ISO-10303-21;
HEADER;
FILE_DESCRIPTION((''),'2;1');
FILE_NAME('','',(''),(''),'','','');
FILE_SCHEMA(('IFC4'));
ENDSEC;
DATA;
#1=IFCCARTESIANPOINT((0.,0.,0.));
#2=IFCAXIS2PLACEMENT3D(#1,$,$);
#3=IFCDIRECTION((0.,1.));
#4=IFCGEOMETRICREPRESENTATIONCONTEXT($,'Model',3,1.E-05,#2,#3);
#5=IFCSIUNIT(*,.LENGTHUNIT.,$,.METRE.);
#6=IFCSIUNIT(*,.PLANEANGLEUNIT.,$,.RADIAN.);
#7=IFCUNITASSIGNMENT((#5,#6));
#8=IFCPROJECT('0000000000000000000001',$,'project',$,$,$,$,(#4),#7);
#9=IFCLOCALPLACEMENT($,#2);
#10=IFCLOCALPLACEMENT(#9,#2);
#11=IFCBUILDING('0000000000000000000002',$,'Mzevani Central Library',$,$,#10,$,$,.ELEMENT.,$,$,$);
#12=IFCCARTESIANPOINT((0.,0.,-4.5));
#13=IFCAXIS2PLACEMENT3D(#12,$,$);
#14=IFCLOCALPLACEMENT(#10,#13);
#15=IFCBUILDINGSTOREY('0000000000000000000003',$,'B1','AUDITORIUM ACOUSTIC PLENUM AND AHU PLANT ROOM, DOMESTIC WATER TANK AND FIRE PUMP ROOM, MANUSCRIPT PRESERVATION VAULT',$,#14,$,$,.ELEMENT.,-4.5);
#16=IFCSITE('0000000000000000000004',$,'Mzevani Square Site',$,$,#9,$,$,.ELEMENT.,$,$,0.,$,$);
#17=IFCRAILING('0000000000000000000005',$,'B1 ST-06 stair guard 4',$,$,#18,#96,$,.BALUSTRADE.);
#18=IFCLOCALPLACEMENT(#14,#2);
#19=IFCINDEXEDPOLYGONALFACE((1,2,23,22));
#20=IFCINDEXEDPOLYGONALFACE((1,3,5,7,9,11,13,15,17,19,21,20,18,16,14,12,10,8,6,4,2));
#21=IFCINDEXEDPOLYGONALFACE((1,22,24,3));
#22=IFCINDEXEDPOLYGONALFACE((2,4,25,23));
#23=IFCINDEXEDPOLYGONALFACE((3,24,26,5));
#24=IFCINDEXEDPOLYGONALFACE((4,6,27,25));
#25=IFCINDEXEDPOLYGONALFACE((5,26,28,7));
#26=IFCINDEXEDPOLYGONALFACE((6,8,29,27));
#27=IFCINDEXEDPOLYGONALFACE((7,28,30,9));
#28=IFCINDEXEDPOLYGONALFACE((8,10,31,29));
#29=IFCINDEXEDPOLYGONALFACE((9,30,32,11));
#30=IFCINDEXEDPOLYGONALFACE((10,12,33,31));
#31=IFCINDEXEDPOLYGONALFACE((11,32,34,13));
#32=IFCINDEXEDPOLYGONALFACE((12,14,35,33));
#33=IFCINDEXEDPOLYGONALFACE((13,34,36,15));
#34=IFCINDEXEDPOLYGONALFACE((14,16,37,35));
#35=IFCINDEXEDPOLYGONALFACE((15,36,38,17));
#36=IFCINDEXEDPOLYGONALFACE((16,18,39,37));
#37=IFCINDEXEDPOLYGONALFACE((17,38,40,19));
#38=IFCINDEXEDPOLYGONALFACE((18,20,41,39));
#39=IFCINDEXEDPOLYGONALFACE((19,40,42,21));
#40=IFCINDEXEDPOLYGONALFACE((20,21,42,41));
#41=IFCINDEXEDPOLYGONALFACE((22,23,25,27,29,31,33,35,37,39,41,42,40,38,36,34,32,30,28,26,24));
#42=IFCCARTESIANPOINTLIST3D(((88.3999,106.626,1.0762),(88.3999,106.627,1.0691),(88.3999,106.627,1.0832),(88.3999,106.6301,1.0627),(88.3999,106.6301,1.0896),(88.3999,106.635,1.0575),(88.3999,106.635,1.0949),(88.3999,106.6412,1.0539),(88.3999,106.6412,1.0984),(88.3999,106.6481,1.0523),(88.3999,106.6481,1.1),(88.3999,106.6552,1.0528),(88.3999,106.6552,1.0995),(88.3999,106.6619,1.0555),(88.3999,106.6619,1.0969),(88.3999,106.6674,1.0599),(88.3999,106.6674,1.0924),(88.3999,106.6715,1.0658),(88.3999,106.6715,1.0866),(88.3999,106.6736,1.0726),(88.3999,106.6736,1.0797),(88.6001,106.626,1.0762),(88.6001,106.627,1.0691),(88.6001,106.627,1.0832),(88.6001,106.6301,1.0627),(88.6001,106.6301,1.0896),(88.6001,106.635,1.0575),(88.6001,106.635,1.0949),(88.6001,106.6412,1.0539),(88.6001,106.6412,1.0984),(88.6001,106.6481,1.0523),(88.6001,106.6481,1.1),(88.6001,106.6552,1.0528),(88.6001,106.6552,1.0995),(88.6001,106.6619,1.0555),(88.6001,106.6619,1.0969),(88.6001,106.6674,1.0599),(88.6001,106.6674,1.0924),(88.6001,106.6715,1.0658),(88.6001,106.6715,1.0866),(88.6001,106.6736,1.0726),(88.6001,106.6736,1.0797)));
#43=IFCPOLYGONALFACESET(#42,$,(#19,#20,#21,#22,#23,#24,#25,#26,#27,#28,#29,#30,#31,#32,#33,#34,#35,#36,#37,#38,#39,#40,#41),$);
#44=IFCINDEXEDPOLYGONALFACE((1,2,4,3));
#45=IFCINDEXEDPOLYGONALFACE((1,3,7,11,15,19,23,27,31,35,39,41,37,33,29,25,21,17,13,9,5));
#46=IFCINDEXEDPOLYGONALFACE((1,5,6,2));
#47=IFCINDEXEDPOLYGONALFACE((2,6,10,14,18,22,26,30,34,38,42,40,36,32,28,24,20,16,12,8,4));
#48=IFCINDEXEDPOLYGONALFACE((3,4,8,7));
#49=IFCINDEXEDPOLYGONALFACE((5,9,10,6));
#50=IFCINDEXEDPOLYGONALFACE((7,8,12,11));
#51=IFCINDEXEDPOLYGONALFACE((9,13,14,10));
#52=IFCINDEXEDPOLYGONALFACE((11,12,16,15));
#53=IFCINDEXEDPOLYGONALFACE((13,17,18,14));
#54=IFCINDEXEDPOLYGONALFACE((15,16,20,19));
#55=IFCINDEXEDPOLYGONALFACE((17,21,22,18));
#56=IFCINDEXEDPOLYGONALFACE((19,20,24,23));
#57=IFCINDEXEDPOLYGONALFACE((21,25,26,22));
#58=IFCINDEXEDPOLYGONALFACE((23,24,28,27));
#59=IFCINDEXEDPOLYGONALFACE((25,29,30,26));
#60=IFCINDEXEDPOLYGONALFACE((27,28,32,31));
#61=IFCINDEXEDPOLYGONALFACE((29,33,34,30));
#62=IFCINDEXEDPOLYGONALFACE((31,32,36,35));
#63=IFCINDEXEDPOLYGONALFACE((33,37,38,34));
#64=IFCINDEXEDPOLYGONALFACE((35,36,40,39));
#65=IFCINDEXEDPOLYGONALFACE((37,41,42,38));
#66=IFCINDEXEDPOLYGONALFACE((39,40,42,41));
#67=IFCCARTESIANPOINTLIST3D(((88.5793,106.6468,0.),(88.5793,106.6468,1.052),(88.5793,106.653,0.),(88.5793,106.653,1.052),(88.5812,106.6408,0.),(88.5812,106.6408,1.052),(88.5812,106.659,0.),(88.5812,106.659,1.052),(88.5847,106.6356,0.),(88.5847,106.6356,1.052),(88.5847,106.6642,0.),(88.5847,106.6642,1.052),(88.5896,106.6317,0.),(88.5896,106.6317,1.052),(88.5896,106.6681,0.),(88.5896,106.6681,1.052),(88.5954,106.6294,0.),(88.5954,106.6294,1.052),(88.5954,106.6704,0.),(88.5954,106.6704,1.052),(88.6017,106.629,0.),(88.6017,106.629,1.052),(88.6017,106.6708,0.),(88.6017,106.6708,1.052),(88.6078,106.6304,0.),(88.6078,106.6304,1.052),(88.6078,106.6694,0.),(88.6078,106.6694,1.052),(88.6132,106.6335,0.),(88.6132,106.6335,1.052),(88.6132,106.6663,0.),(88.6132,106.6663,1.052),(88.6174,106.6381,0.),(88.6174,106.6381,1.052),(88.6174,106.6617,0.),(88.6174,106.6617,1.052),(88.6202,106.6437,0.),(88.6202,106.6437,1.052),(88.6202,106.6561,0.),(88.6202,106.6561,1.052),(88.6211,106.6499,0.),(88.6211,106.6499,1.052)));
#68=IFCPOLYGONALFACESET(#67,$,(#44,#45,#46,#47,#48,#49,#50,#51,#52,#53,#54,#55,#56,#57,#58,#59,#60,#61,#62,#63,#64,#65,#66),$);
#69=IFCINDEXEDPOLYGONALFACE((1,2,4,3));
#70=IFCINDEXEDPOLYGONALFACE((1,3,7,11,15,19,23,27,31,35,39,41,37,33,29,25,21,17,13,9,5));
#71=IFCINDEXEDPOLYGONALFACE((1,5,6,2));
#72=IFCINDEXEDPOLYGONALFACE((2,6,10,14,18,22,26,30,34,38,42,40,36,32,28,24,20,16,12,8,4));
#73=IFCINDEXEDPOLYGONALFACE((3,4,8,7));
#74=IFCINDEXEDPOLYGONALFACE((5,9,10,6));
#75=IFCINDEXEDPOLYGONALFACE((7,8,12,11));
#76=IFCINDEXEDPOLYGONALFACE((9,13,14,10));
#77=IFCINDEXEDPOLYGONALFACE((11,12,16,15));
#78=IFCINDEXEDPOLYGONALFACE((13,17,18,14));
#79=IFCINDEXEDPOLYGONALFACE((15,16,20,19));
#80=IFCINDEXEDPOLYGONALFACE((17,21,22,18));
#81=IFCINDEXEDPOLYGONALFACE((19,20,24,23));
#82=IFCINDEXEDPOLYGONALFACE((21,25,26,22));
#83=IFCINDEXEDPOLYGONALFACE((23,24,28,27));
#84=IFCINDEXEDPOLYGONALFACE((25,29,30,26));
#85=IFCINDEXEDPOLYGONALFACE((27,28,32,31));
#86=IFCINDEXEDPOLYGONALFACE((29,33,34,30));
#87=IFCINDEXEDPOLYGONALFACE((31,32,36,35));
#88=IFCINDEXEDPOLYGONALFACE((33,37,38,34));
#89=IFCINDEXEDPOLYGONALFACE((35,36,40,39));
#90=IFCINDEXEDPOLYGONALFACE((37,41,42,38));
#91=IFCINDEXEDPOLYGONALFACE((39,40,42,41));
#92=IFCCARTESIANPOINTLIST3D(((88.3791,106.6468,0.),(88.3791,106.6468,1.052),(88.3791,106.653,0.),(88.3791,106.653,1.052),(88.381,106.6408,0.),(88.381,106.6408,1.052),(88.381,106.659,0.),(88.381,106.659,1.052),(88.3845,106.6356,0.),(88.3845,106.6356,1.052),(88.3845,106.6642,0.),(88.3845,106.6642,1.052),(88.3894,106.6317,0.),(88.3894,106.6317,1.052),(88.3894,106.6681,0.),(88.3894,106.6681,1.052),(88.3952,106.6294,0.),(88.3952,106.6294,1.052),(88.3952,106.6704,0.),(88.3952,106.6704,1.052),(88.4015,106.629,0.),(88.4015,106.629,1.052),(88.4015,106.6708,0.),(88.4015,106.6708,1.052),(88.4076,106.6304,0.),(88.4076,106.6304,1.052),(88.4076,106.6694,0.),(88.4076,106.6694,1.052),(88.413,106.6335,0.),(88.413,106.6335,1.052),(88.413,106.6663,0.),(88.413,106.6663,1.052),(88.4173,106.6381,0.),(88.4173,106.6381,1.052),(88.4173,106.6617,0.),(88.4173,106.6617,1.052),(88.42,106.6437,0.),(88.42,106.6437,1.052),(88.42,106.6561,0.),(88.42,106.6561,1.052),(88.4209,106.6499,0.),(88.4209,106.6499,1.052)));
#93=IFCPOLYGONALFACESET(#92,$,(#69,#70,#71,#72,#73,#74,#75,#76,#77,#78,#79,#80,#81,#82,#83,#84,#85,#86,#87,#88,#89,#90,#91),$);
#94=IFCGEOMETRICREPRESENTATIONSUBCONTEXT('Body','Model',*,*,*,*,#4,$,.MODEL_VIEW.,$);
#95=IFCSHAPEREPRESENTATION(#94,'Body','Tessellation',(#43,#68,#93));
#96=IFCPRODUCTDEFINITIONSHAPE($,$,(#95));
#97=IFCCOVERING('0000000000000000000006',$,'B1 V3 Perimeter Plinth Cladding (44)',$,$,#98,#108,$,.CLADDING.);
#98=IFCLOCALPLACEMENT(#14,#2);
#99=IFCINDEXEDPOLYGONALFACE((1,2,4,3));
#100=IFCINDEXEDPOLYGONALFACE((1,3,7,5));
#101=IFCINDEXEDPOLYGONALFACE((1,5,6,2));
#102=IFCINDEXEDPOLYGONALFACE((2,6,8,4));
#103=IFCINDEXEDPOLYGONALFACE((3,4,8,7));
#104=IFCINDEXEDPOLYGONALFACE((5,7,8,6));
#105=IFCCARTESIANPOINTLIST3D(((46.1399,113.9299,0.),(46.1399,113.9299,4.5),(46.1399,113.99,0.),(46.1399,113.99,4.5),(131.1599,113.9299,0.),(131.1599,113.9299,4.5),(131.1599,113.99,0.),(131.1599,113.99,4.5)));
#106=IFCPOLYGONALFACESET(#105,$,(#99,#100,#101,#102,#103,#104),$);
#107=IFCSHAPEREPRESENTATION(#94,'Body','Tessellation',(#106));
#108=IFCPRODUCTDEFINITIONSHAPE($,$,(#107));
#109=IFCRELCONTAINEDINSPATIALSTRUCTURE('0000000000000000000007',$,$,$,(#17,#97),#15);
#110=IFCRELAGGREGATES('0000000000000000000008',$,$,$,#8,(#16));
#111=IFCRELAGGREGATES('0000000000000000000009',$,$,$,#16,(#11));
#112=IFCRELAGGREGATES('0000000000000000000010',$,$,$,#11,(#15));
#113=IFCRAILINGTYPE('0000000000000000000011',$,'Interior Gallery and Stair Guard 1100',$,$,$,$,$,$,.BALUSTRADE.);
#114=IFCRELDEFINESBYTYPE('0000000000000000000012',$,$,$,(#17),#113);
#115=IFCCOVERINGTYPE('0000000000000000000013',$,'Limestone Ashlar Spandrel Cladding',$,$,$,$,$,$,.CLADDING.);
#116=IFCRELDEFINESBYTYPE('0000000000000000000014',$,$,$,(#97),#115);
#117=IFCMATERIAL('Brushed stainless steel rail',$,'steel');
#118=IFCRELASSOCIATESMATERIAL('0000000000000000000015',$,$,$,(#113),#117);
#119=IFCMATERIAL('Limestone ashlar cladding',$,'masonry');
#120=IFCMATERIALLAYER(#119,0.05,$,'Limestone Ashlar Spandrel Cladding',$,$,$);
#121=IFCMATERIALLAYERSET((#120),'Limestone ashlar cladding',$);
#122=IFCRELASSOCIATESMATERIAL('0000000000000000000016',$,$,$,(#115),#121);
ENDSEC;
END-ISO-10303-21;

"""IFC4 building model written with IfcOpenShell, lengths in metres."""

from ifc_helpers import new_model, si_unit, direction, frame, origin, origin_2d, place, context, subcontext, project, spatial, rectangle, circle, extrude, material, layer, layer_set, type_object, element, save


model = new_model("IFC4")

# Units and contexts
model_context = context("Model", 3, precision=1e-05, world=origin(), true_north=direction((0.0, 1.0)))
body_context = subcontext(model_context, "Body", "Model", "MODEL_VIEW")
ifc_project = project(units=[si_unit("LENGTHUNIT", "METRE"), si_unit("PLANEANGLEUNIT", "RADIAN")], contexts=[model_context])

# Site, building, storey
site_placement = place(None, origin())
site = spatial("IfcSite", under=ifc_project, at=site_placement, Name="Mzevani Square Site", CompositionType="ELEMENT", RefElevation=0.0)
building_placement = place(site_placement, origin())
building = spatial("IfcBuilding", under=site, at=building_placement, Name="Mzevani Central Library", CompositionType="ELEMENT")
storey_placement = place(building_placement, frame((0.0, 0.0, -4.5)))
storey = spatial("IfcBuildingStorey", under=building, at=storey_placement, Name="B1", Description="AUDITORIUM ACOUSTIC PLENUM AND AHU PLANT ROOM, DOMESTIC WATER TANK AND FIRE PUMP ROOM, MANUSCRIPT PRESERVATION VAULT", CompositionType="ELEMENT", Elevation=-4.5)

# Railing
ifc_material_1 = material(Name="Brushed stainless steel rail", Category="steel")
railing_type_1 = type_object("IfcRailingType", Name="Interior Gallery and Stair Guard 1100", PredefinedType="BALUSTRADE", material=ifc_material_1)
railing_1_placement = place(storey_placement, frame((88.6001, 106.6499, 0.0)))
element("IfcRailing", 1, at=railing_1_placement, inside=storey, type_object=railing_type_1, Name="B1 ST-06 stair guard 4", PredefinedType="BALUSTRADE", context=body_context, shape_type="SweptSolid", body=[
    extrude(circle(Radius=0.0239, at=origin_2d()), frame((0.0, 0.0, 1.0762), z_axis=(-1.0, 0.0, 0.0), x_axis=(0.0, -1.0, 0.0)), (0.0, 0.0, 1.0), 0.2002),
    extrude(circle(Radius=0.021, at=origin_2d()), origin(), (0.0, 0.0, 1.0), 1.052),
    extrude(circle(Radius=0.021, at=origin_2d()), frame((-0.2002, 0.0, 0.0)), (0.0, 0.0, 1.0), 1.052),
])

# Covering
ifc_material_2 = material(Name="Limestone ashlar cladding", Category="masonry")
ifc_layer_1 = layer(ifc_material_2, 0.05, Name="Limestone Ashlar Spandrel Cladding")
ifc_layer_set_1 = layer_set([ifc_layer_1], Name="Limestone ashlar cladding")
covering_type = type_object("IfcCoveringType", Name="Limestone Ashlar Spandrel Cladding", PredefinedType="CLADDING", material=ifc_layer_set_1)
covering_placement = place(storey_placement, frame((88.6499, 113.96, 0.0), z_axis=(0.0, 0.0, 1.0), x_axis=(1.0, 0.0, 0.0)))
element("IfcCovering", 2, at=covering_placement, inside=storey, type_object=covering_type, Name="B1 V3 Perimeter Plinth Cladding (44)", PredefinedType="CLADDING", context=body_context, shape_type="SweptSolid", body=[
    extrude(rectangle(XDim=85.02, YDim=0.0601, at=origin_2d()), origin(), (0.0, 0.0, 1.0), 4.5),
])

save(model, "model.ifc")
